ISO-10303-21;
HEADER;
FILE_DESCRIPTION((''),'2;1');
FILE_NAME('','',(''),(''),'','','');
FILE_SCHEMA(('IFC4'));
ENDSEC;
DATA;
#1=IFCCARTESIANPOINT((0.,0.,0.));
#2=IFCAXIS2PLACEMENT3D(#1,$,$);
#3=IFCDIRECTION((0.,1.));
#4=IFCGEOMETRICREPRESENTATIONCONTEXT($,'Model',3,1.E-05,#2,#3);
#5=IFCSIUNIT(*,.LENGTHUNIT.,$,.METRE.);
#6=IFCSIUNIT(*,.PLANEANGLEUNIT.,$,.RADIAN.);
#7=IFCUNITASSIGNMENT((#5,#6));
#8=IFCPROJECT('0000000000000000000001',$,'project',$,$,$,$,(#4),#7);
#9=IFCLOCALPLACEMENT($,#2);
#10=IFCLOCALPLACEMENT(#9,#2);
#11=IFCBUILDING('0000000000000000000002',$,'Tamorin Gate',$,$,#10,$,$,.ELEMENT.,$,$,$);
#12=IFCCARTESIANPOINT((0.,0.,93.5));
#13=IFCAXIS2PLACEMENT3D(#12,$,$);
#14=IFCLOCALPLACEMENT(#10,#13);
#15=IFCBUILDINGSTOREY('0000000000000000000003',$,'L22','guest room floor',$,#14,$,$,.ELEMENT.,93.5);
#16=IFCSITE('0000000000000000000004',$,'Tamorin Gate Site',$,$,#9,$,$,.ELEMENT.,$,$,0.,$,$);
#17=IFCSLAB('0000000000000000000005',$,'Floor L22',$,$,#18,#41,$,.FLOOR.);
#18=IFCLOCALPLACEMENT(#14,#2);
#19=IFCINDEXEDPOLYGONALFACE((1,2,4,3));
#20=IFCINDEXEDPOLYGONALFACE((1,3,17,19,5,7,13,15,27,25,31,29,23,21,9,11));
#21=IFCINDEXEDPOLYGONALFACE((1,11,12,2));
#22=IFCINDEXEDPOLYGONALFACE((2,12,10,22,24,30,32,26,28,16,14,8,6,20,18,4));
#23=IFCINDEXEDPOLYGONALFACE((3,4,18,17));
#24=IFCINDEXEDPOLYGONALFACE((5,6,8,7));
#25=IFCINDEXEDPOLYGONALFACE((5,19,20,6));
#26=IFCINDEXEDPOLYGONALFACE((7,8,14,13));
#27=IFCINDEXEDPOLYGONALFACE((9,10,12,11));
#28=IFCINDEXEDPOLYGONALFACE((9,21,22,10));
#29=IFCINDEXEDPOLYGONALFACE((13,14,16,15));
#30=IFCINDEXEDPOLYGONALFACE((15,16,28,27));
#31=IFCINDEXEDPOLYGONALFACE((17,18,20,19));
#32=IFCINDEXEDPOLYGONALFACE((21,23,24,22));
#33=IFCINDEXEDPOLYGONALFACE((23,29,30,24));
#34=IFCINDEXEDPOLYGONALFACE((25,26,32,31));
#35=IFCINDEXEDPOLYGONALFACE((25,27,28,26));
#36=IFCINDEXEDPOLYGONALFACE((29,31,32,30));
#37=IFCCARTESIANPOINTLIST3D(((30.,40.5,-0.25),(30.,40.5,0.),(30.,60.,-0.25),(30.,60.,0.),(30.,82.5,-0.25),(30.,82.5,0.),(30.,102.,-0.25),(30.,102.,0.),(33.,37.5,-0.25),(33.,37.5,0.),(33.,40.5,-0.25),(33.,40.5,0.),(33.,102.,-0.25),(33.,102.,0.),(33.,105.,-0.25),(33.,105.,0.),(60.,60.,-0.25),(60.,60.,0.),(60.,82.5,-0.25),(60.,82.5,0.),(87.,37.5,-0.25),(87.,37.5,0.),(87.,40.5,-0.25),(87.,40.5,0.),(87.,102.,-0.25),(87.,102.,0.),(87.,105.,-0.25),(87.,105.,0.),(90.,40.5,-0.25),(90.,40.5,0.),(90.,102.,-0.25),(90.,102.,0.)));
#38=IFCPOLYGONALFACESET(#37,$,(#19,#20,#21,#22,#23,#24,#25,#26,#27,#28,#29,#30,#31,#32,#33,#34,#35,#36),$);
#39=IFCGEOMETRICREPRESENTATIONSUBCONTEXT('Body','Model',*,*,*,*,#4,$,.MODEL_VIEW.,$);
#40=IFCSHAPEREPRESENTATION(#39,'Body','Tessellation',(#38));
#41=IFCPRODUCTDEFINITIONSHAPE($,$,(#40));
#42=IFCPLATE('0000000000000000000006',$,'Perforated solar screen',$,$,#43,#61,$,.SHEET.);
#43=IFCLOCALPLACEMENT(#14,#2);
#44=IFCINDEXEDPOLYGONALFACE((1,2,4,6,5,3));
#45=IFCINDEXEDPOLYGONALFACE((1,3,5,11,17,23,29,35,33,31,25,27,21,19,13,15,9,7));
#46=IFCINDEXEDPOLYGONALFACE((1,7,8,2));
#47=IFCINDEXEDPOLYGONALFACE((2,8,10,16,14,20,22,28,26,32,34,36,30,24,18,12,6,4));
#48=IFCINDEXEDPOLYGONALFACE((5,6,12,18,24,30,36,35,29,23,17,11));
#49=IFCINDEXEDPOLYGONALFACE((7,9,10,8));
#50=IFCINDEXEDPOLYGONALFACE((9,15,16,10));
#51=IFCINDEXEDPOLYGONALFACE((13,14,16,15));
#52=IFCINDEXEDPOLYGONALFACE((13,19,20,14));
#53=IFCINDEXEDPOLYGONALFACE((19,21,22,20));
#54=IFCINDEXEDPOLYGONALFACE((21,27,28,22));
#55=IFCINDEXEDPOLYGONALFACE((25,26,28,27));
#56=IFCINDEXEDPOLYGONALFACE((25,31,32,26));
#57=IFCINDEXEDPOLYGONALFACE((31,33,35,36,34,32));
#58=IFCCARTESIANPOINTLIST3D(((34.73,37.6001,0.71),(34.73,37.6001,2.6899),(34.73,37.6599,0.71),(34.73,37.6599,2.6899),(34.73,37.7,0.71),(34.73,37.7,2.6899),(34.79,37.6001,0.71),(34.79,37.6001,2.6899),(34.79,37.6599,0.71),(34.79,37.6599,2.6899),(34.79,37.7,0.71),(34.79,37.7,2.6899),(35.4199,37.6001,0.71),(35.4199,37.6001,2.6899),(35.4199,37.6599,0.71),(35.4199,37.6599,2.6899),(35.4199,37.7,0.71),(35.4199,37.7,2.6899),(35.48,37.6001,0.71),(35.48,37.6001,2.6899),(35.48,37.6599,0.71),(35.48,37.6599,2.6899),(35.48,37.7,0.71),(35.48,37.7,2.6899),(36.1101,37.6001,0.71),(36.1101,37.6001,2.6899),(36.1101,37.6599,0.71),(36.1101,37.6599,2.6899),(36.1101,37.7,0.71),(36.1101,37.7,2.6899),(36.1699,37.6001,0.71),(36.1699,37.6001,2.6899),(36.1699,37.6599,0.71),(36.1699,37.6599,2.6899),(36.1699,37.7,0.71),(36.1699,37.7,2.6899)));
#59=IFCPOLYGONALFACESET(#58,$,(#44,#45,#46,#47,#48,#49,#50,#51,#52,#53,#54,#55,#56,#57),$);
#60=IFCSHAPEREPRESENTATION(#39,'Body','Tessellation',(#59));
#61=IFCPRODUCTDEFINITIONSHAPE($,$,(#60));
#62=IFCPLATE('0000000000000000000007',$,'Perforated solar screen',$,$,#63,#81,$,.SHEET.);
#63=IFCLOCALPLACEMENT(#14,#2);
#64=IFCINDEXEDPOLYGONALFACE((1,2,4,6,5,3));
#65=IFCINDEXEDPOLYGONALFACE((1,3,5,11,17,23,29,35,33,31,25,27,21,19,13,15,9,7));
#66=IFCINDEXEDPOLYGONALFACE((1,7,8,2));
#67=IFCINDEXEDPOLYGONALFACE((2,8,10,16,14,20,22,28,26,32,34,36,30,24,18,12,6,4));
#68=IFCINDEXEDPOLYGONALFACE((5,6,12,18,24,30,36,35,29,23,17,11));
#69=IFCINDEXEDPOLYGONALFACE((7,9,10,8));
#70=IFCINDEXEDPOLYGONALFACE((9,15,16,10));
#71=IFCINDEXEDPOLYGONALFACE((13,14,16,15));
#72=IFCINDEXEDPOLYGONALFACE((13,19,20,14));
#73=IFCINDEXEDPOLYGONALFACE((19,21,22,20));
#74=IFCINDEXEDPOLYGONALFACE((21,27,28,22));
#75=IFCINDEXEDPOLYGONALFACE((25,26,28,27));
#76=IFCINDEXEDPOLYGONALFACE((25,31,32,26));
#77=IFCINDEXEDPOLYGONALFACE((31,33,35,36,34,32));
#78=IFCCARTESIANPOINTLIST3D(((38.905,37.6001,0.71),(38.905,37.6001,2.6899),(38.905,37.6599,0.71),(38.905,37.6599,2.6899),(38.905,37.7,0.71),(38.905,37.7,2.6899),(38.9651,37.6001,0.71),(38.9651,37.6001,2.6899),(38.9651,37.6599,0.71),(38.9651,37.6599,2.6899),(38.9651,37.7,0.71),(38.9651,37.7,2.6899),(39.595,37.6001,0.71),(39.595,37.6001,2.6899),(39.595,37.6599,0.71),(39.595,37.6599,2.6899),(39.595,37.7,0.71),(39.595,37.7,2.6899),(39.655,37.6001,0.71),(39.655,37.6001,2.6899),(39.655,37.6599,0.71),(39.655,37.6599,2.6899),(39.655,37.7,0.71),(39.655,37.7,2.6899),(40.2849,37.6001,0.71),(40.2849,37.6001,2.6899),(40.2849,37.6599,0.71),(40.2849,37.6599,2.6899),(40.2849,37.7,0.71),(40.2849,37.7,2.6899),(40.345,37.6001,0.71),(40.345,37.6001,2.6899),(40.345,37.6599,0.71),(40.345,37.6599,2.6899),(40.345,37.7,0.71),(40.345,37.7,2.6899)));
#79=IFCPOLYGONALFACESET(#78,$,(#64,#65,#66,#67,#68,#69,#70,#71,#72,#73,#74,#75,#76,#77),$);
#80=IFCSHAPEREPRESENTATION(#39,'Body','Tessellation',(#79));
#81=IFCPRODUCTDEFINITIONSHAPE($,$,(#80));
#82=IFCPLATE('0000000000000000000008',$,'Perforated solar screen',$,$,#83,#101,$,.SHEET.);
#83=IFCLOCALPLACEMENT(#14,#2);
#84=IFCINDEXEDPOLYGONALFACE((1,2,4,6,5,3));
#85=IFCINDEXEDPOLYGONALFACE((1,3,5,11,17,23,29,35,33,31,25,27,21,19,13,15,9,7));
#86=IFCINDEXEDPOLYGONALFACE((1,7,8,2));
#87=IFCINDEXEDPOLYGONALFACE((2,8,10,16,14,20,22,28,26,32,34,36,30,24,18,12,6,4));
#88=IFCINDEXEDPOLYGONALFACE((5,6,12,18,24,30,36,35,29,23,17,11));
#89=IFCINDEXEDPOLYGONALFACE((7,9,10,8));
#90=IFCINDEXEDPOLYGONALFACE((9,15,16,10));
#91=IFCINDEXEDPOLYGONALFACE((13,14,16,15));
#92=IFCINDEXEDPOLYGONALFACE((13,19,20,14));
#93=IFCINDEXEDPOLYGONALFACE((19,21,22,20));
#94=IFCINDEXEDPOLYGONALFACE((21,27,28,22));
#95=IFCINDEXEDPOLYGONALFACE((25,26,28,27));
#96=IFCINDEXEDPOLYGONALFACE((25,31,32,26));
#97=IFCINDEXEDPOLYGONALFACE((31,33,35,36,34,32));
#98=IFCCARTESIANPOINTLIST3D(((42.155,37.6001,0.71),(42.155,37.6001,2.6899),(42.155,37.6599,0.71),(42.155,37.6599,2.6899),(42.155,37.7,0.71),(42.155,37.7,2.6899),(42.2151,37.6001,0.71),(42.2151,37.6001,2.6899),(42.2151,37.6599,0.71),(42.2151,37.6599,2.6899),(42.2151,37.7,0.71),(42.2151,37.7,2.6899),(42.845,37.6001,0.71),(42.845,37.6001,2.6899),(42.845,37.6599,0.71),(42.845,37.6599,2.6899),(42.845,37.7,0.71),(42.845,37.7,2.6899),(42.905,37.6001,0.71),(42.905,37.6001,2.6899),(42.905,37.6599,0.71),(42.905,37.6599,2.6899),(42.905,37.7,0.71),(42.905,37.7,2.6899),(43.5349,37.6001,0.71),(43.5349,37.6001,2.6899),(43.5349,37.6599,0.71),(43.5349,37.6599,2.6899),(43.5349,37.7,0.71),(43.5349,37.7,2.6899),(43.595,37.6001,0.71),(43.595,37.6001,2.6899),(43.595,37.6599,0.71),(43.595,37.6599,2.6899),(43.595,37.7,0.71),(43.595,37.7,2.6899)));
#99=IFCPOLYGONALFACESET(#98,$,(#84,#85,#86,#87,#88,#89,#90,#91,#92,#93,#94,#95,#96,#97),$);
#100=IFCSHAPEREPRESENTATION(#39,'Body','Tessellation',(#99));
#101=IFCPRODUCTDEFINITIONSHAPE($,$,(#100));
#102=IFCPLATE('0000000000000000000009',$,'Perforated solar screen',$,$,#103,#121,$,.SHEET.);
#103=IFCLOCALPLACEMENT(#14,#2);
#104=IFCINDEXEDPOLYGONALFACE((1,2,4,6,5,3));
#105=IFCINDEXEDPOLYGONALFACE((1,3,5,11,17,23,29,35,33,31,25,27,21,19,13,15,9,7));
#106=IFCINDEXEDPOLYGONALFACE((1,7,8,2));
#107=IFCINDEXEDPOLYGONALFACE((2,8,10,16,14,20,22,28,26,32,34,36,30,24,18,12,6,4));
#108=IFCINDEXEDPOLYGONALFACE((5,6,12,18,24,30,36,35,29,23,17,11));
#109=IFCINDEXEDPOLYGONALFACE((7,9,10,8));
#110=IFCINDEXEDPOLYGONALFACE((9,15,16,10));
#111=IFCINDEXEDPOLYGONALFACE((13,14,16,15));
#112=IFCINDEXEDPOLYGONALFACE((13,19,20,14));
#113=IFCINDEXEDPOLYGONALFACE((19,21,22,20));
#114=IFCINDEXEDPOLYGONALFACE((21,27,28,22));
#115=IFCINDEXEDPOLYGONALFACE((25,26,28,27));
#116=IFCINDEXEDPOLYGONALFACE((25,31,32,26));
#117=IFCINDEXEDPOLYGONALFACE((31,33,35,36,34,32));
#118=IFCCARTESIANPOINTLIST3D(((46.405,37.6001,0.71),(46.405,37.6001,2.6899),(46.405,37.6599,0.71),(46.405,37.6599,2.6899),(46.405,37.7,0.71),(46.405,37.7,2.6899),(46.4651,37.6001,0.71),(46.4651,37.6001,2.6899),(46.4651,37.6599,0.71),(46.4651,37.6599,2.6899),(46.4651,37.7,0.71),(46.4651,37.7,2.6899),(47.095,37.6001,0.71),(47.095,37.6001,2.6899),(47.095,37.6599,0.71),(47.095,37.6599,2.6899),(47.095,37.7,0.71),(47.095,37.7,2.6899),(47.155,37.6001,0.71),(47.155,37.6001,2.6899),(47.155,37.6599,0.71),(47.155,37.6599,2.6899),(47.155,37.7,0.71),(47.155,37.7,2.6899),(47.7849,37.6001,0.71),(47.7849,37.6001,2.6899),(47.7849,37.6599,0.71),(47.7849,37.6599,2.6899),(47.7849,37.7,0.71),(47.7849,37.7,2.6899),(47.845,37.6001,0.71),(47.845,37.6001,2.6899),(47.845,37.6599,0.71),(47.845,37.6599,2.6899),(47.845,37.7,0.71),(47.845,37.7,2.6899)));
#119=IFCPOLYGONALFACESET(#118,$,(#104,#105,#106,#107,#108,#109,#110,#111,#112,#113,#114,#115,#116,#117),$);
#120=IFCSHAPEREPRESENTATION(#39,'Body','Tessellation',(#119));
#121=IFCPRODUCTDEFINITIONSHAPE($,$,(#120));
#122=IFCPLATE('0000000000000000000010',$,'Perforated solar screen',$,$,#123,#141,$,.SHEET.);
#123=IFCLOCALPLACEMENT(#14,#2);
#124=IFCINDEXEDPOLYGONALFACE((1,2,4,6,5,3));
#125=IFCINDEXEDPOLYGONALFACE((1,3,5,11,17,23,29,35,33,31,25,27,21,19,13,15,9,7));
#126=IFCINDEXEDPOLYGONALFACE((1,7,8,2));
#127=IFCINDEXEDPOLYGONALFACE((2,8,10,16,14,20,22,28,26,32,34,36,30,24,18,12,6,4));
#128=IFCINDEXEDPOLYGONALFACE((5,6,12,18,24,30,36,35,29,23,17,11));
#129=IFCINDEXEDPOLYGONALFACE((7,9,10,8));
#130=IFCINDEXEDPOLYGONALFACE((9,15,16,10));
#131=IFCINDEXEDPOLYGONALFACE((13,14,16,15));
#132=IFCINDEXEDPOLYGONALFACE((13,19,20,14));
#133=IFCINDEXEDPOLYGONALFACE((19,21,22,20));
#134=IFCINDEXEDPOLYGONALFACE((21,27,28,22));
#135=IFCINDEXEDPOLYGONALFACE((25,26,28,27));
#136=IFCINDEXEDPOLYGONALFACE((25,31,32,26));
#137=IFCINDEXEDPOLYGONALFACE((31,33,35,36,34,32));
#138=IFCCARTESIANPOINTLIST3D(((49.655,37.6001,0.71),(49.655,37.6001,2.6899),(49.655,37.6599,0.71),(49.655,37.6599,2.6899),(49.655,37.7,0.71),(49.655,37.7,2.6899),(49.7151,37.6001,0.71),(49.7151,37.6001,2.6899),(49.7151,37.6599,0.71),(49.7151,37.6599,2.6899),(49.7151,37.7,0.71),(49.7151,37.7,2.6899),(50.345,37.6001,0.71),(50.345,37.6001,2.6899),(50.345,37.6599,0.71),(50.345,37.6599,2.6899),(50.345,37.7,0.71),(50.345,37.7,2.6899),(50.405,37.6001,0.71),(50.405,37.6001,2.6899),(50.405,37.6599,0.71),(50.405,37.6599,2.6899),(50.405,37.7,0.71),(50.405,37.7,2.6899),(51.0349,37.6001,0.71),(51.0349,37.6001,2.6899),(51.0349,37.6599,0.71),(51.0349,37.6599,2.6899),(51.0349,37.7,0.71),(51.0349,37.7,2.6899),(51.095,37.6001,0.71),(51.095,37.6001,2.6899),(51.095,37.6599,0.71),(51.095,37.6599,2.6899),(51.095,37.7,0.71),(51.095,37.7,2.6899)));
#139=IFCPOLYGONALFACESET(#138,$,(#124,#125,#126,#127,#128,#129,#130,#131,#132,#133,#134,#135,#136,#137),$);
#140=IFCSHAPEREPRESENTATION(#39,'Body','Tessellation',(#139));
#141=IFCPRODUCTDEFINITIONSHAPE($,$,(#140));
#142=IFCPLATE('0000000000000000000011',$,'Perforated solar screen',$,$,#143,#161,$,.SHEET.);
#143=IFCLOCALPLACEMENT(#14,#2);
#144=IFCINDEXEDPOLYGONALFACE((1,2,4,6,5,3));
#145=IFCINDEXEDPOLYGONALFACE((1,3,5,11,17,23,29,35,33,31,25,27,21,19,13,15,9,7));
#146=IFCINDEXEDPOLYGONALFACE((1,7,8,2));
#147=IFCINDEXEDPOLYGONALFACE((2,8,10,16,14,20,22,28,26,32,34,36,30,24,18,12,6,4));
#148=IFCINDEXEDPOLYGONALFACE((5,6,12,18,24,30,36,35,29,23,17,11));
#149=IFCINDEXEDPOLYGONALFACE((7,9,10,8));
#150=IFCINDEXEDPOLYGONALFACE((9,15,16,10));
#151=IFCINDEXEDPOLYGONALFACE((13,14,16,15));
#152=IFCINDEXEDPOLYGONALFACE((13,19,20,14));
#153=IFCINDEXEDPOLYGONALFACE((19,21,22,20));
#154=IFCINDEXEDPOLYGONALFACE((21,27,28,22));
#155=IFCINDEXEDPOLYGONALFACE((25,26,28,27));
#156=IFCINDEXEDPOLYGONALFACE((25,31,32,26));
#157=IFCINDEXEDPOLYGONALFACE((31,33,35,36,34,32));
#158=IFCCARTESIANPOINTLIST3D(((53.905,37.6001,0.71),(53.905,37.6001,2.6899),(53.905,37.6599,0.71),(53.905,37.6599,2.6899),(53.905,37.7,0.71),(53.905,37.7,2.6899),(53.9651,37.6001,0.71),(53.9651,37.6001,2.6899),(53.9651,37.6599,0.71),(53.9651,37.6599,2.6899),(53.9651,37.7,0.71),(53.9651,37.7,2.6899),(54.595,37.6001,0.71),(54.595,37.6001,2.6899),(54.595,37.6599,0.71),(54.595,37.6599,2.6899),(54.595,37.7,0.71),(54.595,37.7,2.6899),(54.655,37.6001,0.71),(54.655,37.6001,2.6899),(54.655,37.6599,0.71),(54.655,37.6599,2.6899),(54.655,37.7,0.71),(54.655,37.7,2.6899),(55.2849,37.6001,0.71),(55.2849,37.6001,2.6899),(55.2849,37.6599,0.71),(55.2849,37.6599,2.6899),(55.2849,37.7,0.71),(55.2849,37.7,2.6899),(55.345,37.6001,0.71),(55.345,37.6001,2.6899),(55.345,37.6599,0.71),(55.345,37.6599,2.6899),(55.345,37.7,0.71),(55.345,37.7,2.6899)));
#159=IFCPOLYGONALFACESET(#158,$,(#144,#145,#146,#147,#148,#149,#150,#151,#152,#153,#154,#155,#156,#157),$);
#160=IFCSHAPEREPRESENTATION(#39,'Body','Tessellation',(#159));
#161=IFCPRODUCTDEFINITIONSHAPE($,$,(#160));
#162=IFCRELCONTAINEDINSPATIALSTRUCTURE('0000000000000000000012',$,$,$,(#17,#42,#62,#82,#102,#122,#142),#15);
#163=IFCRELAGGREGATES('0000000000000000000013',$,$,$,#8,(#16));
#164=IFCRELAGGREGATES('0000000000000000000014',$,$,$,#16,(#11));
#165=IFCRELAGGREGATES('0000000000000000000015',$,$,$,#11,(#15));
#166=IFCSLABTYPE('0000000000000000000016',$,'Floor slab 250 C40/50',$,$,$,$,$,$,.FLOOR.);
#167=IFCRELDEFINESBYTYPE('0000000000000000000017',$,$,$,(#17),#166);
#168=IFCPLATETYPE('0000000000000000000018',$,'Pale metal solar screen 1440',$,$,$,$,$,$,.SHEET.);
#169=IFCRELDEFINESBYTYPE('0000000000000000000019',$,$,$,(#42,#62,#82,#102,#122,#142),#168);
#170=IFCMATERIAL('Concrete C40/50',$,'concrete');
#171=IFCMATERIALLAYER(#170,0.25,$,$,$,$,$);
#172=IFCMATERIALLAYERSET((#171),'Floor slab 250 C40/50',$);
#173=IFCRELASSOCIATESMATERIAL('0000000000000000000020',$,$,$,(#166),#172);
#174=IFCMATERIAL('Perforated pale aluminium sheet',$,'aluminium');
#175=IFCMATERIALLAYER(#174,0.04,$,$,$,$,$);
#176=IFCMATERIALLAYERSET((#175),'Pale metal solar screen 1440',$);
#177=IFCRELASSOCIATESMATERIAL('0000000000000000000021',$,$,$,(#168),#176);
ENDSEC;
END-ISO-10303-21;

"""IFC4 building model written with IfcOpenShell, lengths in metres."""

from ifc_helpers import new_model, si_unit, direction, frame, origin, place, context, subcontext, project, spatial, polyline, outline, extrude, material, layer, layer_set, type_object, element, save


model = new_model("IFC4")

# Units and contexts
model_context = context("Model", 3, precision=1e-05, world=origin(), true_north=direction((0.0, 1.0)))
body_context = subcontext(model_context, "Body", "Model", "MODEL_VIEW")
ifc_project = project(units=[si_unit("LENGTHUNIT", "METRE"), si_unit("PLANEANGLEUNIT", "RADIAN")], contexts=[model_context])

# Site, building, storey
site_placement = place(None, origin())
site = spatial("IfcSite", under=ifc_project, at=site_placement, Name="Tamorin Gate Site", CompositionType="ELEMENT", RefElevation=0.0)
building_placement = place(site_placement, origin())
building = spatial("IfcBuilding", under=site, at=building_placement, Name="Tamorin Gate", CompositionType="ELEMENT")
storey_placement = place(building_placement, frame((0.0, 0.0, 93.5)))
storey = spatial("IfcBuildingStorey", under=building, at=storey_placement, Name="L22", Description="guest room floor", CompositionType="ELEMENT", Elevation=93.5)

# Slab
ifc_material_1 = material(Name="Concrete C40/50", Category="concrete")
ifc_layer_1 = layer(ifc_material_1, 0.25)
ifc_layer_set_1 = layer_set([ifc_layer_1], Name="Floor slab 250 C40/50")
slab_type = type_object("IfcSlabType", Name="Floor slab 250 C40/50", PredefinedType="FLOOR", material=ifc_layer_set_1)
slab_placement = place(storey_placement, frame((0.0, 0.0, -0.25)))
element("IfcSlab", 1, at=slab_placement, inside=storey, type_object=slab_type, Name="Floor L22", PredefinedType="FLOOR", context=body_context, shape_type="SweptSolid", body=[
    extrude(outline(polyline([(30.0, 102.0), (33.0, 102.0), (33.0, 105.0), (87.0, 105.0), (87.0, 102.0), (90.0, 102.0), (90.0, 40.5), (87.0, 40.5), (87.0, 37.5), (33.0, 37.5), (33.0, 40.5), (30.0, 40.5), (30.0, 60.0), (60.0, 60.0), (60.0, 82.5), (30.0, 82.5), (30.0, 102.0)])), origin(), (0.0, 0.0, 1.0), 0.25),
])

# Plates
ifc_material_2 = material(Name="Perforated pale aluminium sheet", Category="aluminium")
ifc_layer_2 = layer(ifc_material_2, 0.04)
ifc_layer_set_2 = layer_set([ifc_layer_2], Name="Pale metal solar screen 1440")
plate_type = type_object("IfcPlateType", Name="Pale metal solar screen 1440", PredefinedType="SHEET", material=ifc_layer_set_2)
plate_1_placement = place(storey_placement, frame((0.0, 0.0, 0.71)))
element("IfcPlate", 2, at=plate_1_placement, inside=storey, type_object=plate_type, Name="Perforated solar screen", PredefinedType="SHEET", context=body_context, shape_type="SweptSolid", body=[
    extrude(outline(polyline([(34.73, 37.6599), (34.73, 37.7), (34.79, 37.7), (35.4199, 37.7), (35.48, 37.7), (36.1101, 37.7), (36.1699, 37.7), (36.1699, 37.6599), (36.1699, 37.6001), (36.1101, 37.6001), (36.1101, 37.6599), (35.48, 37.6599), (35.48, 37.6001), (35.4199, 37.6001), (35.4199, 37.6599), (34.79, 37.6599), (34.79, 37.6001), (34.73, 37.6001), (34.73, 37.6599)])), origin(), (0.0, 0.0, 1.0), 1.98),
])
plate_2_placement = place(storey_placement, frame((0.0, 0.0, 0.71)))
element("IfcPlate", 3, at=plate_2_placement, inside=storey, type_object=plate_type, Name="Perforated solar screen", PredefinedType="SHEET", context=body_context, shape_type="SweptSolid", body=[
    extrude(outline(polyline([(38.905, 37.6599), (38.905, 37.7), (38.9651, 37.7), (39.595, 37.7), (39.655, 37.7), (40.2849, 37.7), (40.345, 37.7), (40.345, 37.7), (40.345, 37.6599), (40.345, 37.6599), (40.345, 37.6001), (40.2849, 37.6001), (40.2849, 37.6599), (39.655, 37.6599), (39.655, 37.6001), (39.595, 37.6001), (39.595, 37.6599), (38.9651, 37.6599), (38.9651, 37.6001), (38.905, 37.6001), (38.905, 37.6599)])), origin(), (0.0, 0.0, 1.0), 1.98),
])
plate_3_placement = place(storey_placement, frame((0.0, 0.0, 0.71)))
element("IfcPlate", 4, at=plate_3_placement, inside=storey, type_object=plate_type, Name="Perforated solar screen", PredefinedType="SHEET", context=body_context, shape_type="SweptSolid", body=[
    extrude(outline(polyline([(42.155, 37.6599), (42.155, 37.7), (42.2151, 37.7), (42.845, 37.7), (42.905, 37.7), (43.5349, 37.7), (43.595, 37.7), (43.595, 37.6599), (43.595, 37.6001), (43.5349, 37.6001), (43.5349, 37.6599), (42.905, 37.6599), (42.905, 37.6001), (42.845, 37.6001), (42.845, 37.6599), (42.2151, 37.6599), (42.2151, 37.6001), (42.155, 37.6001), (42.155, 37.6599)])), origin(), (0.0, 0.0, 1.0), 1.98),
])
plate_4_placement = place(storey_placement, frame((0.0, 0.0, 0.71)))
element("IfcPlate", 5, at=plate_4_placement, inside=storey, type_object=plate_type, Name="Perforated solar screen", PredefinedType="SHEET", context=body_context, shape_type="SweptSolid", body=[
    extrude(outline(polyline([(46.405, 37.6599), (46.405, 37.7), (46.4651, 37.7), (47.095, 37.7), (47.155, 37.7), (47.7849, 37.7), (47.845, 37.7), (47.845, 37.6599), (47.845, 37.6001), (47.7849, 37.6001), (47.7849, 37.6599), (47.155, 37.6599), (47.155, 37.6001), (47.095, 37.6001), (47.095, 37.6599), (46.4651, 37.6599), (46.4651, 37.6001), (46.405, 37.6001), (46.405, 37.6599)])), origin(), (0.0, 0.0, 1.0), 1.98),
])
plate_5_placement = place(storey_placement, frame((0.0, 0.0, 0.71)))
element("IfcPlate", 6, at=plate_5_placement, inside=storey, type_object=plate_type, Name="Perforated solar screen", PredefinedType="SHEET", context=body_context, shape_type="SweptSolid", body=[
    extrude(outline(polyline([(49.655, 37.6599), (49.655, 37.7), (49.7151, 37.7), (50.345, 37.7), (50.405, 37.7), (51.0349, 37.7), (51.095, 37.7), (51.095, 37.6599), (51.095, 37.6001), (51.0349, 37.6001), (51.0349, 37.6599), (50.405, 37.6599), (50.405, 37.6001), (50.345, 37.6001), (50.345, 37.6599), (49.7151, 37.6599), (49.7151, 37.6001), (49.655, 37.6001), (49.655, 37.6599)])), origin(), (0.0, 0.0, 1.0), 1.98),
])
plate_6_placement = place(storey_placement, frame((0.0, 0.0, 0.71)))
element("IfcPlate", 7, at=plate_6_placement, inside=storey, type_object=plate_type, Name="Perforated solar screen", PredefinedType="SHEET", context=body_context, shape_type="SweptSolid", body=[
    extrude(outline(polyline([(53.905, 37.6599), (53.905, 37.7), (53.9651, 37.7), (54.595, 37.7), (54.655, 37.7), (55.2849, 37.7), (55.345, 37.7), (55.345, 37.6599), (55.345, 37.6001), (55.2849, 37.6001), (55.2849, 37.6599), (54.655, 37.6599), (54.655, 37.6001), (54.595, 37.6001), (54.595, 37.6599), (53.9651, 37.6599), (53.9651, 37.6001), (53.905, 37.6001), (53.905, 37.6599)])), origin(), (0.0, 0.0, 1.0), 1.98),
])

save(model, "model.ifc")
